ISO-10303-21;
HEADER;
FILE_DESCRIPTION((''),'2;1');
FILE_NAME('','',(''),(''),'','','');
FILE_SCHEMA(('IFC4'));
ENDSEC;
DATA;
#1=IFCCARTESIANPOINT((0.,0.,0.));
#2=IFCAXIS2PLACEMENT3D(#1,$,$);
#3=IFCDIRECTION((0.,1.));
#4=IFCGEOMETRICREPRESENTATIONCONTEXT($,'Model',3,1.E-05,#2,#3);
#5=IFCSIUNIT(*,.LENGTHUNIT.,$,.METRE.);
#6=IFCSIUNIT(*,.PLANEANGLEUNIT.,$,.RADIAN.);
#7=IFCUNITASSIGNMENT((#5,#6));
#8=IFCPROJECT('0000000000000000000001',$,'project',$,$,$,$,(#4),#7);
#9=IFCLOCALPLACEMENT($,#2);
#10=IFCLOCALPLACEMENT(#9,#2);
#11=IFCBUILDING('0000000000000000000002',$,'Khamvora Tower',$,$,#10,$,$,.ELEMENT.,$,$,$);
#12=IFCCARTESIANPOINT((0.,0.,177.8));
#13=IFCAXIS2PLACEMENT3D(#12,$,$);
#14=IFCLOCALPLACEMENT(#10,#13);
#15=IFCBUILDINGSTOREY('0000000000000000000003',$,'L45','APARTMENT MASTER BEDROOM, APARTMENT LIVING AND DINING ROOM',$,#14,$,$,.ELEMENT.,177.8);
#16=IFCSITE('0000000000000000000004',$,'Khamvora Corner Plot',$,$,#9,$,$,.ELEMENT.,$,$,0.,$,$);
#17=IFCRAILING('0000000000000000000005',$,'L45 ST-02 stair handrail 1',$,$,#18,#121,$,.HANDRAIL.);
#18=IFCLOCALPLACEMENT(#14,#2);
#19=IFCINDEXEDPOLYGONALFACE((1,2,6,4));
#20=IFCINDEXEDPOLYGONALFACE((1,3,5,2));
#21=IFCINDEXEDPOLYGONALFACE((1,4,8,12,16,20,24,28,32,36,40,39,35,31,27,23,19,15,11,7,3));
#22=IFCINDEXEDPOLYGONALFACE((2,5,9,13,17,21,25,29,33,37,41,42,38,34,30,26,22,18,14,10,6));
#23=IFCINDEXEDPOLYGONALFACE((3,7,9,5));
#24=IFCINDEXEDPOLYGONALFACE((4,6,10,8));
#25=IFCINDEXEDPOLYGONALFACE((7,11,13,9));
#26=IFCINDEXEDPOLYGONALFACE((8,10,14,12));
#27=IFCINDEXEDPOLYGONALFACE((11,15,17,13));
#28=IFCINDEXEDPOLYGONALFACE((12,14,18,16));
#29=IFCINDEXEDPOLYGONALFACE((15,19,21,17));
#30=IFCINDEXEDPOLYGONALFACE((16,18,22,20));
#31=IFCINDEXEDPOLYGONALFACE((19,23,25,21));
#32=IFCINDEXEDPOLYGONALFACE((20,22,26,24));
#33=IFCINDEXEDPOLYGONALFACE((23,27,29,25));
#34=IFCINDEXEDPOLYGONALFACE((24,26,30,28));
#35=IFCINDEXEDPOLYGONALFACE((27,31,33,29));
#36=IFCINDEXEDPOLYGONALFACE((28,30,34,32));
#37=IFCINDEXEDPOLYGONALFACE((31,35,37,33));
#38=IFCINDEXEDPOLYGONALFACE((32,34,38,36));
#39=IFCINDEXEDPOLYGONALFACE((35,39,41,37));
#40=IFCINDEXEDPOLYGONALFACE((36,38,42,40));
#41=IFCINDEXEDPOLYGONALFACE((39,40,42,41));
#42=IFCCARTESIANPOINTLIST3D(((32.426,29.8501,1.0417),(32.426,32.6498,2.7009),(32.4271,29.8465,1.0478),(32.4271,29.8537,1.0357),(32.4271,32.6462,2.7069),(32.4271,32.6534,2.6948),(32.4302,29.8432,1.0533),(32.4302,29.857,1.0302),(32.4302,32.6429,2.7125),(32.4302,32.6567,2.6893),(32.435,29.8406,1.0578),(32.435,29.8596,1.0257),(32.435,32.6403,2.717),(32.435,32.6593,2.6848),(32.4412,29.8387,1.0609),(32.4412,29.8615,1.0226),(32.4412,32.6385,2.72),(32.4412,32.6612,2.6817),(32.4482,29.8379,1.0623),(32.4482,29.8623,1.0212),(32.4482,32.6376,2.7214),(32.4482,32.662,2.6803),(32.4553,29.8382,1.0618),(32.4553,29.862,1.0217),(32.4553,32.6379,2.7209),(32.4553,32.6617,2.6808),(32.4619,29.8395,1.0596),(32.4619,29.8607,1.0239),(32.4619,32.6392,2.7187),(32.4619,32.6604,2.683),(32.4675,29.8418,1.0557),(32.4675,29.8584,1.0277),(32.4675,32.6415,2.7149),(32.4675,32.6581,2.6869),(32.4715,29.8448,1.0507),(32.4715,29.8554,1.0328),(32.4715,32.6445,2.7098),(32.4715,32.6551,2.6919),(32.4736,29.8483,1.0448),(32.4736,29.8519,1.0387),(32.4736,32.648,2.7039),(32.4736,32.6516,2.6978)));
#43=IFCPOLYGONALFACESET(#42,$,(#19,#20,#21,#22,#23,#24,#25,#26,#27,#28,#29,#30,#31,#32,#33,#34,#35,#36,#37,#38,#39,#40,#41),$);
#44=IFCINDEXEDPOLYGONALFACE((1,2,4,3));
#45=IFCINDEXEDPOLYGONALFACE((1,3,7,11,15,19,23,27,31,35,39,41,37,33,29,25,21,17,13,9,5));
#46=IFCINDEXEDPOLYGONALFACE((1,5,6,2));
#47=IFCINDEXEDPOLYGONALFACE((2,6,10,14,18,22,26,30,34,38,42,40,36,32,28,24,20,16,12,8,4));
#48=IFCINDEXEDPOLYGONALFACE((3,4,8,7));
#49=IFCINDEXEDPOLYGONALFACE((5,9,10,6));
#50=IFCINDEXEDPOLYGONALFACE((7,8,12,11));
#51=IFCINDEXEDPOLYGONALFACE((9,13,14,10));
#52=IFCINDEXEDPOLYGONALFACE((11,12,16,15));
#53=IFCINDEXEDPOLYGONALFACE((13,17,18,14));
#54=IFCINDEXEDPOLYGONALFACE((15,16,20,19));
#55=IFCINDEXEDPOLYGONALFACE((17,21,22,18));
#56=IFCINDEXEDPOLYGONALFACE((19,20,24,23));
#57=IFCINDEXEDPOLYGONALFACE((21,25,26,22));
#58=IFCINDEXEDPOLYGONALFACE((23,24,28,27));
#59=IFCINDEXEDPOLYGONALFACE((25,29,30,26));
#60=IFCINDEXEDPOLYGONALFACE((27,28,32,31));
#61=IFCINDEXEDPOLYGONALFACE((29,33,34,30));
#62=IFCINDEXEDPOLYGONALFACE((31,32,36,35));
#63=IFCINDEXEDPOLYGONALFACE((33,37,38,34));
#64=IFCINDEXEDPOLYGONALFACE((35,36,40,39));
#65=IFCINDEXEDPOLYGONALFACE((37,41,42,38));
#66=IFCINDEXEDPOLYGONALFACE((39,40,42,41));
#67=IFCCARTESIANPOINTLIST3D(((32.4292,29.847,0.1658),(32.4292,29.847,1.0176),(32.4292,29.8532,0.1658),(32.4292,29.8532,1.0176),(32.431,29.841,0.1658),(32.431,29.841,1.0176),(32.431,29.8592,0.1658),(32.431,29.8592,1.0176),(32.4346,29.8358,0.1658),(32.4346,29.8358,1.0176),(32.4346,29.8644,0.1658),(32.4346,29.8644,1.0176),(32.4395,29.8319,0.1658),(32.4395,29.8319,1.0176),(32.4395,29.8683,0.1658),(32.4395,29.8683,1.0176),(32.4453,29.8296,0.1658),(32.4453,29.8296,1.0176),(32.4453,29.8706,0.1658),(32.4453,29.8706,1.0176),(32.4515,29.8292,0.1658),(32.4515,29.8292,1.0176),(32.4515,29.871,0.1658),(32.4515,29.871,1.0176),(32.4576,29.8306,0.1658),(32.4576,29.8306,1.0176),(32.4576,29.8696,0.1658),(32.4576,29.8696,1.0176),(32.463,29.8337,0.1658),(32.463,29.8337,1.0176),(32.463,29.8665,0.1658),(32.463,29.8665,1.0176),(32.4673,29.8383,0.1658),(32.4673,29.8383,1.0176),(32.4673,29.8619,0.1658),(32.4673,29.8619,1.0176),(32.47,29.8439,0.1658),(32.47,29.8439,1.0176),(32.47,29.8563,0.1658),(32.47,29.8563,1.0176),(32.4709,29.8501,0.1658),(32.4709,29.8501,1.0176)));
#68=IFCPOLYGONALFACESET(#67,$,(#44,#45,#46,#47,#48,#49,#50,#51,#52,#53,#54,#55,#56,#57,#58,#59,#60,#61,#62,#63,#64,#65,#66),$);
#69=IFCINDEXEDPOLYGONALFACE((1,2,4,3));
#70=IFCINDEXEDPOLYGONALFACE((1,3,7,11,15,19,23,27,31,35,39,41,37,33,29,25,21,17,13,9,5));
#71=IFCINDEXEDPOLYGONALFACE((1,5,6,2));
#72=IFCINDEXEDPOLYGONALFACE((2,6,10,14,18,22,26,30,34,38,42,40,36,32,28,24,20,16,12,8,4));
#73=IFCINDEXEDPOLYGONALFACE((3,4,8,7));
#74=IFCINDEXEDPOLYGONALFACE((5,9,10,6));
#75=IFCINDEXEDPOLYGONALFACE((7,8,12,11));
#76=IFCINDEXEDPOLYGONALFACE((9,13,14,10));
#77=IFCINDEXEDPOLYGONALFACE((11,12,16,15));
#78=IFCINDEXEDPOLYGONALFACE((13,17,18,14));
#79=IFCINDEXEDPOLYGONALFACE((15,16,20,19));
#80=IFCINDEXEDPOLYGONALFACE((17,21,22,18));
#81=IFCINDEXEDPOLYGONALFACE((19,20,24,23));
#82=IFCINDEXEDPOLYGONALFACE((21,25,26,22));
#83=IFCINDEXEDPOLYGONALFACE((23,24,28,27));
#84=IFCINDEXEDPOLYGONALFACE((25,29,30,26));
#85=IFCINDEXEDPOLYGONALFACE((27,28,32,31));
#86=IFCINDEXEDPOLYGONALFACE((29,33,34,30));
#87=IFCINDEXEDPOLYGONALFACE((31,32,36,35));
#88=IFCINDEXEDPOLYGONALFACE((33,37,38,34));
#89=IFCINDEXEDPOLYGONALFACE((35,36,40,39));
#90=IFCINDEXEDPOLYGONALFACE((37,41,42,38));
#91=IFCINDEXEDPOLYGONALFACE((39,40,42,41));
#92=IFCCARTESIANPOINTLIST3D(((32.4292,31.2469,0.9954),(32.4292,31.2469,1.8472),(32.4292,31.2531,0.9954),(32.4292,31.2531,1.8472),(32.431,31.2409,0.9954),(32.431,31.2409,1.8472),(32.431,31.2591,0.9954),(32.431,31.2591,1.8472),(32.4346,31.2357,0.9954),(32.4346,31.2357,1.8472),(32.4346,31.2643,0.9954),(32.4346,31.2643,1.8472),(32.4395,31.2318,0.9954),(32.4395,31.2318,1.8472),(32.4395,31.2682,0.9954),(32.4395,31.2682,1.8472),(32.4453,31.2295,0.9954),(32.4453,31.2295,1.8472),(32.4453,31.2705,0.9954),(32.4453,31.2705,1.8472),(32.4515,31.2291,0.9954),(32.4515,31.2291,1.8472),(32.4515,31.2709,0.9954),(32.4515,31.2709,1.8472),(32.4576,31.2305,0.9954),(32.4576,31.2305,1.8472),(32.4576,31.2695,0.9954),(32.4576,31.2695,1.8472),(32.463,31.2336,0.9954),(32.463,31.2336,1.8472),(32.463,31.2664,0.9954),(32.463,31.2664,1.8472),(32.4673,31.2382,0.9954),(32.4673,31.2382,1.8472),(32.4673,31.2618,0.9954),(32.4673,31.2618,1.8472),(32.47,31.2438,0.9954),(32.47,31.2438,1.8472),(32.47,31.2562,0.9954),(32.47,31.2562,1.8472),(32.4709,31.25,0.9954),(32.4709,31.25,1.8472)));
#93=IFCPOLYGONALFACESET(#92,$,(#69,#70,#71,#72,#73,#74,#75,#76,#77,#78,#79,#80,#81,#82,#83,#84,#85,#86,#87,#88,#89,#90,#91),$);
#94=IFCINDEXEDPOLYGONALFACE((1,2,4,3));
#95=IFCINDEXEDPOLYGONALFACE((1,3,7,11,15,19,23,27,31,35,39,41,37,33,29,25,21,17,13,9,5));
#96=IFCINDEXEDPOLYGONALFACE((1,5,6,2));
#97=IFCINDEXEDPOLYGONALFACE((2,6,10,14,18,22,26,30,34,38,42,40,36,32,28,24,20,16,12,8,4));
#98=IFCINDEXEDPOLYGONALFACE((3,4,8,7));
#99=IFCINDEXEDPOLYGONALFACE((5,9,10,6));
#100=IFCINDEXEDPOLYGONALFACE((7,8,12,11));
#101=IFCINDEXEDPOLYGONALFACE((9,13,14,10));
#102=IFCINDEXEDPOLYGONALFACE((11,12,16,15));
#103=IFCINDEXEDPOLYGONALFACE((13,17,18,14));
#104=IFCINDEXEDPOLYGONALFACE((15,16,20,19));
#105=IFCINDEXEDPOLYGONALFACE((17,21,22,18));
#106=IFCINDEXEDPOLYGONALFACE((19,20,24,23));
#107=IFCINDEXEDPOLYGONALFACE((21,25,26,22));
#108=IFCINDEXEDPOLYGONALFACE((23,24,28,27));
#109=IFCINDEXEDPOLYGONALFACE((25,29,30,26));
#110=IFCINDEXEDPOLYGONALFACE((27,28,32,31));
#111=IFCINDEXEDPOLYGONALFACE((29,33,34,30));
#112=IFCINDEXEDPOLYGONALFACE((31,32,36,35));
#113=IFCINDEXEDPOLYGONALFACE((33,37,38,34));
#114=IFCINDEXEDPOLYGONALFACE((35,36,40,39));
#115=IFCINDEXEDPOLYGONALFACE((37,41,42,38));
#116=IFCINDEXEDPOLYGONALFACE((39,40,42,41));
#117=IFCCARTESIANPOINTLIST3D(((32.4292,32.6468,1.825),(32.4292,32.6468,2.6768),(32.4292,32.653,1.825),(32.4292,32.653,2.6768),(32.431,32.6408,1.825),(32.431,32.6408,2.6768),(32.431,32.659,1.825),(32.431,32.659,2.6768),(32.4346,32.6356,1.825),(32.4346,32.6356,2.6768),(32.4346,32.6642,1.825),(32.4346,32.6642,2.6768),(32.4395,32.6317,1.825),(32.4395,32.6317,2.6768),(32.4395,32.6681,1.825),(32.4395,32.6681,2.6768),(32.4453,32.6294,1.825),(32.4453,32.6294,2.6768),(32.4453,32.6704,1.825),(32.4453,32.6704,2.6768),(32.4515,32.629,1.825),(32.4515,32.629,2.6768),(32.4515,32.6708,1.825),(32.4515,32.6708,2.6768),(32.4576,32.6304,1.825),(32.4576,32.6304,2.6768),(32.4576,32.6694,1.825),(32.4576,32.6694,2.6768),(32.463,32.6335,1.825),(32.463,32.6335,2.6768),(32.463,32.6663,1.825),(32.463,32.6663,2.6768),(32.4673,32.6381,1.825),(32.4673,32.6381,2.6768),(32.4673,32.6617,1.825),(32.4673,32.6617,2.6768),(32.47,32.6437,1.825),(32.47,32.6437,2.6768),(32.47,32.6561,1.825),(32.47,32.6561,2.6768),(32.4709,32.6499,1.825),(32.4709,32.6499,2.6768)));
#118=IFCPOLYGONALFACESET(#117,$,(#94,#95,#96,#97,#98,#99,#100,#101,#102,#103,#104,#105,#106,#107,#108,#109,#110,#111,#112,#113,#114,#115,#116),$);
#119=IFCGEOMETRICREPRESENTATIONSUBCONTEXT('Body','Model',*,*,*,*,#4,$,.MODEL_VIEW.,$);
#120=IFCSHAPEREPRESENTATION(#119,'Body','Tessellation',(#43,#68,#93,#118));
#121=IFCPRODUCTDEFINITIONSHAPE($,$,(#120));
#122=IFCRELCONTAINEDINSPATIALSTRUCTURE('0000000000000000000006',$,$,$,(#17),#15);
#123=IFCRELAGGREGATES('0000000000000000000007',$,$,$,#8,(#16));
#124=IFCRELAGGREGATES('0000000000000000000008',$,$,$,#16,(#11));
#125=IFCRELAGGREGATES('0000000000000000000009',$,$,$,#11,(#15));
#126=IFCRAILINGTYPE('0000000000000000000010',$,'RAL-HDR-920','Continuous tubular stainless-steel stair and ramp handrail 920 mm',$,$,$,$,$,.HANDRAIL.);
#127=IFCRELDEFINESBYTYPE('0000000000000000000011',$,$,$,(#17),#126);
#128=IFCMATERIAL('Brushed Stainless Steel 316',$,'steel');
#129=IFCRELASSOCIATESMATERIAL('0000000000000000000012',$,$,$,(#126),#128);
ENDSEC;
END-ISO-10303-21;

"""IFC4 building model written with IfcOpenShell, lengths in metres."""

from ifc_helpers import new_model, si_unit, direction, frame, origin, origin_2d, place, context, subcontext, project, spatial, circle, extrude, material, type_object, element, save


model = new_model("IFC4")

# Units and contexts
model_context = context("Model", 3, precision=1e-05, world=origin(), true_north=direction((0.0, 1.0)))
body_context = subcontext(model_context, "Body", "Model", "MODEL_VIEW")
ifc_project = project(units=[si_unit("LENGTHUNIT", "METRE"), si_unit("PLANEANGLEUNIT", "RADIAN")], contexts=[model_context])

# Site, building, storey
site_placement = place(None, origin())
site = spatial("IfcSite", under=ifc_project, at=site_placement, Name="Khamvora Corner Plot", CompositionType="ELEMENT", RefElevation=0.0)
building_placement = place(site_placement, origin())
building = spatial("IfcBuilding", under=site, at=building_placement, Name="Khamvora Tower", CompositionType="ELEMENT")
storey_placement = place(building_placement, frame((0.0, 0.0, 177.8)))
storey = spatial("IfcBuildingStorey", under=building, at=storey_placement, Name="L45", Description="APARTMENT MASTER BEDROOM, APARTMENT LIVING AND DINING ROOM", CompositionType="ELEMENT", Elevation=177.8)

# Railing
ifc_material_1 = material(Name="Brushed Stainless Steel 316", Category="steel")
railing_type_1 = type_object("IfcRailingType", Name="RAL-HDR-920", Description="Continuous tubular stainless-steel stair and ramp handrail 920 mm", PredefinedType="HANDRAIL", material=ifc_material_1)
railing_1_placement = place(storey_placement, frame((32.45, 29.8501, 0.1658)))
element("IfcRailing", 1, at=railing_1_placement, inside=storey, type_object=railing_type_1, Name="L45 ST-02 stair handrail 1", PredefinedType="HANDRAIL", context=body_context, shape_type="SweptSolid", body=[
    extrude(circle(Radius=0.0239, at=origin_2d()), frame((0.0, 0.0, 0.876), z_axis=(0.0, 0.860287, 0.509811), x_axis=(-1.0, 0.0, 0.0)), (0.0, 0.0, 1.0), 3.2544),
    extrude(circle(Radius=0.021, at=origin_2d()), origin(), (0.0, 0.0, 1.0), 0.8518),
    extrude(circle(Radius=0.021, at=origin_2d()), frame((0.0, 1.3999, 0.8296)), (0.0, 0.0, 1.0), 0.8518),
    extrude(circle(Radius=0.021, at=origin_2d()), frame((0.0, 2.7998, 1.6592)), (0.0, 0.0, 1.0), 0.8518),
])

save(model, "model.ifc")
